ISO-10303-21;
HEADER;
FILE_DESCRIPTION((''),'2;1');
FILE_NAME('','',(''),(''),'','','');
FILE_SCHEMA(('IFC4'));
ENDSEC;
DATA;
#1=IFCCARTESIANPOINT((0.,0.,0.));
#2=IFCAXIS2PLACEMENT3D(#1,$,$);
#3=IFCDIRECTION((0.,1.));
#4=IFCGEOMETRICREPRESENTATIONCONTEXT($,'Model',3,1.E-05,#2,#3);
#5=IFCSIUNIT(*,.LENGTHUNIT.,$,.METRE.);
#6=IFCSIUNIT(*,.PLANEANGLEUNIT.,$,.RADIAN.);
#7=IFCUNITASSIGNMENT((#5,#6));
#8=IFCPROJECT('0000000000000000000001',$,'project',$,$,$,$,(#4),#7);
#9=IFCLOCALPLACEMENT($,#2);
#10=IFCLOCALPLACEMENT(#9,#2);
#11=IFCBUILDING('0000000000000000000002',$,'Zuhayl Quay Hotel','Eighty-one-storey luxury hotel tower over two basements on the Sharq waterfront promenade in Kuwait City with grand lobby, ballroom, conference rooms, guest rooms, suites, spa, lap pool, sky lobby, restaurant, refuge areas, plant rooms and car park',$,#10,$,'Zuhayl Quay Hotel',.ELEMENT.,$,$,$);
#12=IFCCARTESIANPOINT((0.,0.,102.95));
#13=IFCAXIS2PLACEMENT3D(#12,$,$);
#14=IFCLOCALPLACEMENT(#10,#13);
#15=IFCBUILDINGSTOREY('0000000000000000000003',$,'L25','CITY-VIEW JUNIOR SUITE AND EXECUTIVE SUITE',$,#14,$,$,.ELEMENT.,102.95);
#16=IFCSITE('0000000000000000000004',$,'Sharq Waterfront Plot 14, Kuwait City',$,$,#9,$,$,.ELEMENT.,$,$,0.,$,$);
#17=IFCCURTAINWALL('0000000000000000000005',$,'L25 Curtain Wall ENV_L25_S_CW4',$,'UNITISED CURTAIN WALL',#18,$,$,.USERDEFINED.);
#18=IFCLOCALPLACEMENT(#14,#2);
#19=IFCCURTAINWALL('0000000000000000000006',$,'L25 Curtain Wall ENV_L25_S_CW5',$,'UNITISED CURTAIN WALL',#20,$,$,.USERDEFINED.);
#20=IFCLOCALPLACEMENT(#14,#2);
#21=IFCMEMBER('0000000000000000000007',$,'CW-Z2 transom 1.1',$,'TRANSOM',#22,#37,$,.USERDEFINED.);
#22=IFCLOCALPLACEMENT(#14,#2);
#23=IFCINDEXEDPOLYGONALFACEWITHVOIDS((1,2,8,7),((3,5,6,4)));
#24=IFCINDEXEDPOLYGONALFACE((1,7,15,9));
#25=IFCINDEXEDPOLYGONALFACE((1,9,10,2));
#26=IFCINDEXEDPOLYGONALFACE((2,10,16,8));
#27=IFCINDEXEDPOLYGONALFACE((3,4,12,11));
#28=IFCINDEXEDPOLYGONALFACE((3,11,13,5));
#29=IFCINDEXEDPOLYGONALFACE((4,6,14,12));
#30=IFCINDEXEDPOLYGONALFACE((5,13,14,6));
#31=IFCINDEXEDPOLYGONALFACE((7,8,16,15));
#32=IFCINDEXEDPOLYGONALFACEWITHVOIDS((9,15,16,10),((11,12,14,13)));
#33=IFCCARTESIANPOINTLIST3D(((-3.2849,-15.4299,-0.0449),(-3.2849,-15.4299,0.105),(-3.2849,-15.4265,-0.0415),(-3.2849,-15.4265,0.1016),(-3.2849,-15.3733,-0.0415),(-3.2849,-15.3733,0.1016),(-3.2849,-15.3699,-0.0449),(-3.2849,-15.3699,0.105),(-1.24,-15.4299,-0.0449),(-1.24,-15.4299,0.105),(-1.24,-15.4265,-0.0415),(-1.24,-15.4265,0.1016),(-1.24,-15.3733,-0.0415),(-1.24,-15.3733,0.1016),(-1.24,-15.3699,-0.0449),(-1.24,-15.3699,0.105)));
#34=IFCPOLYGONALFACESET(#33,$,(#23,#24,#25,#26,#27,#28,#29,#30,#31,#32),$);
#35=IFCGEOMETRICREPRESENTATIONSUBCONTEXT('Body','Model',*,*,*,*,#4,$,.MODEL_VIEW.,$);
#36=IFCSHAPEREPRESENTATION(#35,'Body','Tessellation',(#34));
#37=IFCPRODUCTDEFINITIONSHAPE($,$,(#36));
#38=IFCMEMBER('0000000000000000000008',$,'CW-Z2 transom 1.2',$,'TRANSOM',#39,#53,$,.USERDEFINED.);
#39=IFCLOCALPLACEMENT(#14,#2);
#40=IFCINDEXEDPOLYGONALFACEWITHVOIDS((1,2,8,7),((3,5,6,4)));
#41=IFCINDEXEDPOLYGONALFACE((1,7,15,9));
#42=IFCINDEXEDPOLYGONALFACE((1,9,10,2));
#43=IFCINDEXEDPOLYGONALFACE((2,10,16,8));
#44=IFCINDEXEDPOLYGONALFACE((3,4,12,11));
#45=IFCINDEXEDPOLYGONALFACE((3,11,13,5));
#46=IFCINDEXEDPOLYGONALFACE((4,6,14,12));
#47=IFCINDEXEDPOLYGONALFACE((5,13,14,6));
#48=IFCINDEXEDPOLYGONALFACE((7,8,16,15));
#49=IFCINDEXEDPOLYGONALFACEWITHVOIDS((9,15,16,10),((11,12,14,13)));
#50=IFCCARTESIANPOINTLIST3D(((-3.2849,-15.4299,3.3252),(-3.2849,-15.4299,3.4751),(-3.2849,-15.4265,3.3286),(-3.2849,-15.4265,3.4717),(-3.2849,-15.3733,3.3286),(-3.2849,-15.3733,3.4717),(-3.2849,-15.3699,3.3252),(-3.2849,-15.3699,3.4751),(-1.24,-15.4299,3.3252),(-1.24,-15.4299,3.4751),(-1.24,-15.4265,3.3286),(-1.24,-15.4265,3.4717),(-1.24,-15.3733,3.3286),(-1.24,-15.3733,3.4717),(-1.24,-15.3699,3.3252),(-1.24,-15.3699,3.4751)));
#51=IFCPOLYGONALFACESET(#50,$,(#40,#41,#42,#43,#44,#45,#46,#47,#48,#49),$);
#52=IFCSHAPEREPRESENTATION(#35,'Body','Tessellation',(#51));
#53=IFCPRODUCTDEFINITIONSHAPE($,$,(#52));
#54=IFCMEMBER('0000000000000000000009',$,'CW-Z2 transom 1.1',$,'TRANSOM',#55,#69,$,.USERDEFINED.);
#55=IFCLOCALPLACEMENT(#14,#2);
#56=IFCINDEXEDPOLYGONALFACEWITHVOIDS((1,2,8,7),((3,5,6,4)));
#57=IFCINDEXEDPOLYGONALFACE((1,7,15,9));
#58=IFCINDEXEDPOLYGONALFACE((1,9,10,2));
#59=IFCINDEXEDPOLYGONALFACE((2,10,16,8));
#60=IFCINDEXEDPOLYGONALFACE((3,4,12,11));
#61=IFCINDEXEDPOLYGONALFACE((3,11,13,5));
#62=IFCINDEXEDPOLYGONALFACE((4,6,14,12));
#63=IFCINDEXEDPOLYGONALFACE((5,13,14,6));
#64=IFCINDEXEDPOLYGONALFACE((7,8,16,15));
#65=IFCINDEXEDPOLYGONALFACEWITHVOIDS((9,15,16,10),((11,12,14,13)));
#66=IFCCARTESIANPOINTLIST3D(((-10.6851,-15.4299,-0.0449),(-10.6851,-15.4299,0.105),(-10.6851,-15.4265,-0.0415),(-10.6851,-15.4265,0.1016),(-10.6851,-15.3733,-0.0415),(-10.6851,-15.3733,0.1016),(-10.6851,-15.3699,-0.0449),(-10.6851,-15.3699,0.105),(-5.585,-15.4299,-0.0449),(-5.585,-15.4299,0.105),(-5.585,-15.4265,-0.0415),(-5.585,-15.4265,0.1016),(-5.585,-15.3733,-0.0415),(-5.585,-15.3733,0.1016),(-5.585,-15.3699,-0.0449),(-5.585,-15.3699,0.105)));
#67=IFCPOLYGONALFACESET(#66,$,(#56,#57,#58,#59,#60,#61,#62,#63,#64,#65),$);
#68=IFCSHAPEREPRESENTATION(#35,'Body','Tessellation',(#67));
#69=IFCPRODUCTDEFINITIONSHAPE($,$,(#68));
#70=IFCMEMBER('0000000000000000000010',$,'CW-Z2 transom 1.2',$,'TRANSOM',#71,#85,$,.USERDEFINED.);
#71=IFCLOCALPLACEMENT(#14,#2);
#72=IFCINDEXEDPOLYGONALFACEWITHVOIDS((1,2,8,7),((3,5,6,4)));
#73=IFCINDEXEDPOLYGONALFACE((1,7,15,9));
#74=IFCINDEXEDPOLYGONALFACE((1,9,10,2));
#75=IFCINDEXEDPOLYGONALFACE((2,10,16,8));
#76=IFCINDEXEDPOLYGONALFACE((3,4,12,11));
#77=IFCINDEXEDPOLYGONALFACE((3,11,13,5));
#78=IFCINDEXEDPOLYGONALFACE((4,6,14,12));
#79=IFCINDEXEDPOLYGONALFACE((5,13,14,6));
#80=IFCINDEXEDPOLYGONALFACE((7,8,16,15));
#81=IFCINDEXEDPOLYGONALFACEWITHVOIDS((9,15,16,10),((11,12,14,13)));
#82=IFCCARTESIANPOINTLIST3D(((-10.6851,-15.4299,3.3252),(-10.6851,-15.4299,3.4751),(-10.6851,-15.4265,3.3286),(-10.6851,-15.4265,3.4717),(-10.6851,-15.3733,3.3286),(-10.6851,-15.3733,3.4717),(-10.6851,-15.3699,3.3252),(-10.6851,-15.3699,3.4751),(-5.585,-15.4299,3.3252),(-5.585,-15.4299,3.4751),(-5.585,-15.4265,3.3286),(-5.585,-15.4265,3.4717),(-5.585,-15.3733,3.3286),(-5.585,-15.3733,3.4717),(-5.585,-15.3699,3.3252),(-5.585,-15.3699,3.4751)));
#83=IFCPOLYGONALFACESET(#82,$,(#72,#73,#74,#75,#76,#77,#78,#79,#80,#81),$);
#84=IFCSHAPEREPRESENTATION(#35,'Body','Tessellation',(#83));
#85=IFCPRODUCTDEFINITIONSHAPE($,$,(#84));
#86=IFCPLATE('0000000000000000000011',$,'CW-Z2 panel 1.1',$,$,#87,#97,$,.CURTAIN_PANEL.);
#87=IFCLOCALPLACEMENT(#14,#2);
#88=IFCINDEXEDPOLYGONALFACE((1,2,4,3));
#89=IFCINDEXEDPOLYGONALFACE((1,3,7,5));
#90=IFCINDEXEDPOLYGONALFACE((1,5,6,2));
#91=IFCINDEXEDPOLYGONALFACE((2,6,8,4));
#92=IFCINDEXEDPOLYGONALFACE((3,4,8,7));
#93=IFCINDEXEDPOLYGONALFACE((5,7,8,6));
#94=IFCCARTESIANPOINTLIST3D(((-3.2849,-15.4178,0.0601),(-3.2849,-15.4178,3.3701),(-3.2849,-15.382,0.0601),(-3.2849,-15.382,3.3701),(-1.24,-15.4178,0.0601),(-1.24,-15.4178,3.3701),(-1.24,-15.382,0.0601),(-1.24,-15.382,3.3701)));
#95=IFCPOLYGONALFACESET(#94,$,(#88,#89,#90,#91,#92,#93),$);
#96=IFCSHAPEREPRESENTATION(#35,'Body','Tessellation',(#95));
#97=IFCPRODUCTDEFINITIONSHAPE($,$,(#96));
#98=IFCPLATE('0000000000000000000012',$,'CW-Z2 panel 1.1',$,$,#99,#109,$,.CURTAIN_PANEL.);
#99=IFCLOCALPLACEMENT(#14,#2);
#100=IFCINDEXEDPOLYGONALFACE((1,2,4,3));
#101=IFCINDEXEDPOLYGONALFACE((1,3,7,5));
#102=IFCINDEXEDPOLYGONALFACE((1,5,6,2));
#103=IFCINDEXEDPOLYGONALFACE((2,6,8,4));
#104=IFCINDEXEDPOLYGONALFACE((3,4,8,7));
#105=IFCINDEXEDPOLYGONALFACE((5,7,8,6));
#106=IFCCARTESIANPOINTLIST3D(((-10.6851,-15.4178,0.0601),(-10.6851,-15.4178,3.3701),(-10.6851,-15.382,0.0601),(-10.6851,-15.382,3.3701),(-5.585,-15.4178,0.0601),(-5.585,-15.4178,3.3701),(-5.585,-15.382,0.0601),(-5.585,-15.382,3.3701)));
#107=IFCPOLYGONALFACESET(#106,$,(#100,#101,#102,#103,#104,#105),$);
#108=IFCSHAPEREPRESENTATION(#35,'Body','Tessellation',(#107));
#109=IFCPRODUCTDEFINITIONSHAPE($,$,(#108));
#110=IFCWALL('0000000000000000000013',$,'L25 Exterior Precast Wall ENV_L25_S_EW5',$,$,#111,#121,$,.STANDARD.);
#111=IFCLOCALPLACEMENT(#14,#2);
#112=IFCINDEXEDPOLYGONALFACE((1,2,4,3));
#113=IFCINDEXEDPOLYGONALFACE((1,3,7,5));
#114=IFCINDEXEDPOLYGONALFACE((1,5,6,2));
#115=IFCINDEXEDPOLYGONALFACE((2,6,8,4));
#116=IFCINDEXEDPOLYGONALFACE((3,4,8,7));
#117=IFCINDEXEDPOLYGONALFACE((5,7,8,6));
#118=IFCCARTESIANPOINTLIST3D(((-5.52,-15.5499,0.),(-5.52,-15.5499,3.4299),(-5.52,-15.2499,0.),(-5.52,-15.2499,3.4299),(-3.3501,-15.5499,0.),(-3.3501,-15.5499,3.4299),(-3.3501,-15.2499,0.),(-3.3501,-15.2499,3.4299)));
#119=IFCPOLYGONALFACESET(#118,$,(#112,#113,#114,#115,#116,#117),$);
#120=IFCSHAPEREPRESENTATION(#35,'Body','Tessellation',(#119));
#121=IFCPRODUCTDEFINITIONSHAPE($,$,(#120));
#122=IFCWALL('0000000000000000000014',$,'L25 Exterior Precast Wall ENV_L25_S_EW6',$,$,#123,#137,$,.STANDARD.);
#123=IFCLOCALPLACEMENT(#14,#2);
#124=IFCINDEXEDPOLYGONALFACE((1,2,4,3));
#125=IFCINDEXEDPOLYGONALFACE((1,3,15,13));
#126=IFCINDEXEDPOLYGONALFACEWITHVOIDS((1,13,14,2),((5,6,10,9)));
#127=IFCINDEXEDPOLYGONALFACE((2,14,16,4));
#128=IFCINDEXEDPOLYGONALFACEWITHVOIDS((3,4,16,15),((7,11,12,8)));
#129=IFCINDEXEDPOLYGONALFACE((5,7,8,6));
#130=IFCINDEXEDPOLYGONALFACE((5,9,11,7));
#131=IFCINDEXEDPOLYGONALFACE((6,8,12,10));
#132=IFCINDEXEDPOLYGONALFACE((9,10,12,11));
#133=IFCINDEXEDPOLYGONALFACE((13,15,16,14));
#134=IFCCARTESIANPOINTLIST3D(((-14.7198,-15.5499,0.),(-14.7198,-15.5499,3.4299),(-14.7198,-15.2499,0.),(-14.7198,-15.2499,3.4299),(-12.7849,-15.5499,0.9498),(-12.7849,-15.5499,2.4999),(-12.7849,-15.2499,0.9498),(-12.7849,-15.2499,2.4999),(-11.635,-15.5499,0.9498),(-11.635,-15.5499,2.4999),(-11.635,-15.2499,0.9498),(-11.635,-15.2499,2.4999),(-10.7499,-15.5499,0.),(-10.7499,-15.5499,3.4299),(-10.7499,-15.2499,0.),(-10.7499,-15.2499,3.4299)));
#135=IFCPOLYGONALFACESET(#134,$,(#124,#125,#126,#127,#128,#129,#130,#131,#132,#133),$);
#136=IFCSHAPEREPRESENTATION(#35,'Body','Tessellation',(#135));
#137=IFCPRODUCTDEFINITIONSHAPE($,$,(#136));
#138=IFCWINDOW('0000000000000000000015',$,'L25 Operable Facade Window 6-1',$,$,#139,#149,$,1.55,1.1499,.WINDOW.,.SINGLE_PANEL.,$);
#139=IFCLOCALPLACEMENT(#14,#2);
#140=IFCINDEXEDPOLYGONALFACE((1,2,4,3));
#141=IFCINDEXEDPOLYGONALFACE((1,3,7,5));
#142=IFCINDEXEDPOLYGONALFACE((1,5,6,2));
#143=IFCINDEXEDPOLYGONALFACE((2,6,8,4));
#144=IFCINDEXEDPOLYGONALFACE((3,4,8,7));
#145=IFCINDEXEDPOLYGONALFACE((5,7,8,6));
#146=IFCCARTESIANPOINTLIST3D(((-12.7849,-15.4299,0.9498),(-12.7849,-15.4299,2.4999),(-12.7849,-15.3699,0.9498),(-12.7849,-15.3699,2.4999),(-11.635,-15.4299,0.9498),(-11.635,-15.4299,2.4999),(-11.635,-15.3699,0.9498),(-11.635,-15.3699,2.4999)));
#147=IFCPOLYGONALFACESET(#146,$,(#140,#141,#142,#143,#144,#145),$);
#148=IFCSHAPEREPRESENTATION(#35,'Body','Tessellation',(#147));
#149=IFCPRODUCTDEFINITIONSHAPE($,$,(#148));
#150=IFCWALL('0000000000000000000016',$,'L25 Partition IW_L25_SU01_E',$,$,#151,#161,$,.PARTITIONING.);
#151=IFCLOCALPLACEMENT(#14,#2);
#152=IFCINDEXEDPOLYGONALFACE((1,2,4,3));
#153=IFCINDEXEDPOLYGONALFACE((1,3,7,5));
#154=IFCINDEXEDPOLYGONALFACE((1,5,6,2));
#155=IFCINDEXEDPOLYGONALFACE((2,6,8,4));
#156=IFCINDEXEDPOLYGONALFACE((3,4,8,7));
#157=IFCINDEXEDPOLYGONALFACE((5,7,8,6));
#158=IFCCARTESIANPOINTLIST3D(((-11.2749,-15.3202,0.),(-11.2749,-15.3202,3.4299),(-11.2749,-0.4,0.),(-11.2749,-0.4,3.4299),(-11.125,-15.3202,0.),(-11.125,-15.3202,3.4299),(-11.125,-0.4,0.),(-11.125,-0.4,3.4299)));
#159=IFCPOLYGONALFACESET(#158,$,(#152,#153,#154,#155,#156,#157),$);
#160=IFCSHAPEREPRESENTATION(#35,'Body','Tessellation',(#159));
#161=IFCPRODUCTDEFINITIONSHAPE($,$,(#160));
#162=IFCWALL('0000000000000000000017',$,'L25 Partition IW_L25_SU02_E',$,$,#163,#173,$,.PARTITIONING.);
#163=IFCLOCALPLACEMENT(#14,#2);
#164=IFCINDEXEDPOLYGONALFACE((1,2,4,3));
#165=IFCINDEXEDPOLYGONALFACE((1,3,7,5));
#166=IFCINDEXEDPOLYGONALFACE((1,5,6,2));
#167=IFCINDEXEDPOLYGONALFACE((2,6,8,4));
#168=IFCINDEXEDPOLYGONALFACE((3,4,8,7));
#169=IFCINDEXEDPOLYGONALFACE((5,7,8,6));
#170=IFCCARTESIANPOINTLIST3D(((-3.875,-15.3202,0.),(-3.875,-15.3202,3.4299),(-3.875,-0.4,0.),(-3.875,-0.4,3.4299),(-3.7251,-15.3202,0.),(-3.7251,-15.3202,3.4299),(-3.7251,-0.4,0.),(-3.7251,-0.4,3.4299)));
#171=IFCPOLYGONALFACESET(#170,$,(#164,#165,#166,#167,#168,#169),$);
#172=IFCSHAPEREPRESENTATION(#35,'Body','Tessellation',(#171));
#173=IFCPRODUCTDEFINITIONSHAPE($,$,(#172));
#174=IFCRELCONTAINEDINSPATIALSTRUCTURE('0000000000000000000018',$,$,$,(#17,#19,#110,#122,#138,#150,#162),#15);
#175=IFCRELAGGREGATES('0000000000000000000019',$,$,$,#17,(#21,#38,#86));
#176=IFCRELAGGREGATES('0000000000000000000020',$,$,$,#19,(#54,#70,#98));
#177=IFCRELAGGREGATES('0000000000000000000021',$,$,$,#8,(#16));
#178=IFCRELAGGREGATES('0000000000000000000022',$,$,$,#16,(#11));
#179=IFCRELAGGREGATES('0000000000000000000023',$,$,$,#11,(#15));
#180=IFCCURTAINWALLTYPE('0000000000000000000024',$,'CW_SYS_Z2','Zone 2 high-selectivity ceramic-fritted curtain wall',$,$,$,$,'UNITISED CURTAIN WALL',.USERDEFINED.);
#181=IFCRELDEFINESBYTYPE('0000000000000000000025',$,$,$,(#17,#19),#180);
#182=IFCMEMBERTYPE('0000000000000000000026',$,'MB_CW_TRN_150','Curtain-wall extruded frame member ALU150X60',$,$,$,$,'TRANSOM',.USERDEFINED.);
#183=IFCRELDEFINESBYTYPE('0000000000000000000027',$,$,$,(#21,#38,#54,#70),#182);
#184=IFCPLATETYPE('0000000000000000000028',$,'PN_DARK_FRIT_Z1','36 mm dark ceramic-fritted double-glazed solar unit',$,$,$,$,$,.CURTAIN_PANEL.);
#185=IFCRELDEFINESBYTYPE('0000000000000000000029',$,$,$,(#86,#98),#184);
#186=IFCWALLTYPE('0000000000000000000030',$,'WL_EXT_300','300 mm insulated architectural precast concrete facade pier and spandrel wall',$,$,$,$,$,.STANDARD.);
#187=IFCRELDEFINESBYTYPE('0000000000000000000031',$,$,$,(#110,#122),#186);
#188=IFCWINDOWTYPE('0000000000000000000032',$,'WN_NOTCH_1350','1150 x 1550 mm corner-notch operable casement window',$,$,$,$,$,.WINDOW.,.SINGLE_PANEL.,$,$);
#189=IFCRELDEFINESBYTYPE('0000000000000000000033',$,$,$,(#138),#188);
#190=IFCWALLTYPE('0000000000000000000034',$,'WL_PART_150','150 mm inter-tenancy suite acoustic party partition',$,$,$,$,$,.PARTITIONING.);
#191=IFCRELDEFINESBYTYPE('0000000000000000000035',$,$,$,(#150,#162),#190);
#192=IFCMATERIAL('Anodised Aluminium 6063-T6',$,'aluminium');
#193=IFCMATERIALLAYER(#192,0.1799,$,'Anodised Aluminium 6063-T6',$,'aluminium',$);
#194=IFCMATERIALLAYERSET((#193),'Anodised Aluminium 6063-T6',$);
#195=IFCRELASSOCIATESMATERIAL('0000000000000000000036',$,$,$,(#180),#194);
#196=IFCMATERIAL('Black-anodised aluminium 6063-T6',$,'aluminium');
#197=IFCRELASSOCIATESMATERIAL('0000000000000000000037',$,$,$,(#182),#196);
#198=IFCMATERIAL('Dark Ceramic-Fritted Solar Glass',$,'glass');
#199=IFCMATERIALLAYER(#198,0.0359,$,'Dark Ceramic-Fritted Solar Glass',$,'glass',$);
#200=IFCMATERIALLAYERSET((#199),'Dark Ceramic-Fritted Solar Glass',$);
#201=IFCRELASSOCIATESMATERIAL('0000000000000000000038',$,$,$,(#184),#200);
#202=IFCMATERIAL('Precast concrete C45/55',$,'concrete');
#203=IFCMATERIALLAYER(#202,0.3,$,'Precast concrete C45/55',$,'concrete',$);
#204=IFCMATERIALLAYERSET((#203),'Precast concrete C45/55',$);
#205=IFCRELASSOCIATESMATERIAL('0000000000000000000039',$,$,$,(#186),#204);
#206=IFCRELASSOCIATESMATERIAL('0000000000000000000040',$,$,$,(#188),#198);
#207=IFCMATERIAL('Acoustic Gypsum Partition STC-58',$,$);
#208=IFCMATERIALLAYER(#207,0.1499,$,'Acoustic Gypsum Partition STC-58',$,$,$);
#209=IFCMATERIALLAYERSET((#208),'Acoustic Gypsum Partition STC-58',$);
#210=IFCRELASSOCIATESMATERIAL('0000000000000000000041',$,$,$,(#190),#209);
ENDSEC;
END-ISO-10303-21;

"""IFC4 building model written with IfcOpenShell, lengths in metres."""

from ifc_helpers import new_model, si_unit, direction, frame, frame_2d, origin, origin_2d, place, context, subcontext, project, spatial, rectangle, hollow_rectangle, extrude, material, layer, layer_set, material_profile, profile_set, type_object, element, fill, aggregate, save


model = new_model("IFC4")

# Units and contexts
model_context = context("Model", 3, precision=1e-05, world=origin(), true_north=direction((0.0, 1.0)))
body_context = subcontext(model_context, "Body", "Model", "MODEL_VIEW")
ifc_project = project(units=[si_unit("LENGTHUNIT", "METRE"), si_unit("PLANEANGLEUNIT", "RADIAN")], contexts=[model_context])

# Site, building, storey
site_placement = place(None, origin())
site = spatial("IfcSite", under=ifc_project, at=site_placement, Name="Sharq Waterfront Plot 14, Kuwait City", CompositionType="ELEMENT", RefElevation=0.0)
building_placement = place(site_placement, origin())
building = spatial("IfcBuilding", under=site, at=building_placement, Name="Zuhayl Quay Hotel", Description="Eighty-one-storey luxury hotel tower over two basements on the Sharq waterfront promenade in Kuwait City with grand lobby, ballroom, conference rooms, guest rooms, suites, spa, lap pool, sky lobby, restaurant, refuge areas, plant rooms and car park", LongName="Zuhayl Quay Hotel", CompositionType="ELEMENT")
storey_placement = place(building_placement, frame((0.0, 0.0, 102.95)))
storey = spatial("IfcBuildingStorey", under=building, at=storey_placement, Name="L25", Description="CITY-VIEW JUNIOR SUITE AND EXECUTIVE SUITE", CompositionType="ELEMENT", Elevation=102.95)

# Curtain wall
ifc_material_1 = material(Name="Anodised Aluminium 6063-T6", Category="aluminium")
ifc_layer_1 = layer(ifc_material_1, 0.1799, Name="Anodised Aluminium 6063-T6", Category="aluminium")
ifc_layer_set_1 = layer_set([ifc_layer_1], Name="Anodised Aluminium 6063-T6")
curtain_wall_type = type_object("IfcCurtainWallType", Name="CW_SYS_Z2", Description="Zone 2 high-selectivity ceramic-fritted curtain wall", ElementType="UNITISED CURTAIN WALL", PredefinedType="USERDEFINED", material=ifc_layer_set_1)
curtain_wall_1_placement = place(storey_placement, origin())
curtain_wall_1 = element("IfcCurtainWall", 1, at=curtain_wall_1_placement, inside=storey, type_object=curtain_wall_type, Name="L25 Curtain Wall ENV_L25_S_CW4", ObjectType="UNITISED CURTAIN WALL", PredefinedType="USERDEFINED")
ifc_material_2 = material(Name="Black-anodised aluminium 6063-T6", Category="aluminium")

# Curtain wall
curtain_wall_2_placement = place(storey_placement, origin())
curtain_wall_2 = element("IfcCurtainWall", 2, at=curtain_wall_2_placement, inside=storey, type_object=curtain_wall_type, Name="L25 Curtain Wall ENV_L25_S_CW5", ObjectType="UNITISED CURTAIN WALL", PredefinedType="USERDEFINED")

# Members
ifc_material_profile_1 = material_profile(ifc_material_2, hollow_rectangle(XDim=0.0601, YDim=0.1499, WallThickness=0.0034, at=origin_2d()), Name="ALU150X60")
ifc_profile_set_1 = profile_set([ifc_material_profile_1], Name="Black-anodised aluminium 6063-T6")
member_type_1 = type_object("IfcMemberType", Name="MB_CW_TRN_150", Description="Curtain-wall extruded frame member ALU150X60", ElementType="TRANSOM", PredefinedType="USERDEFINED", material=ifc_profile_set_1)
member_1_placement = place(storey_placement, frame((-1.24, -15.3999, 0.03), z_axis=(-1.0, 0.0, 0.0), x_axis=(0.0, -1.0, 0.0)))
member_1 = element("IfcMember", 3, at=member_1_placement, type_object=member_type_1, Name="CW-Z2 transom 1.1", ObjectType="TRANSOM", PredefinedType="USERDEFINED", context=body_context, shape_type="SweptSolid", body=[
    extrude(hollow_rectangle(XDim=0.0601, YDim=0.1499, WallThickness=0.0034, at=origin_2d()), origin(), (0.0, 0.0, 1.0), 2.0449),
])
member_2_placement = place(storey_placement, frame((-1.24, -15.3999, 3.4001), z_axis=(-1.0, 0.0, 0.0), x_axis=(0.0, -1.0, 0.0)))
member_2 = element("IfcMember", 4, at=member_2_placement, type_object=member_type_1, Name="CW-Z2 transom 1.2", ObjectType="TRANSOM", PredefinedType="USERDEFINED", context=body_context, shape_type="SweptSolid", body=[
    extrude(hollow_rectangle(XDim=0.0601, YDim=0.1499, WallThickness=0.0034, at=origin_2d()), origin(), (0.0, 0.0, 1.0), 2.0449),
])
member_3_placement = place(storey_placement, frame((-5.585, -15.3999, 0.03), z_axis=(-1.0, 0.0, 0.0), x_axis=(0.0, -1.0, 0.0)))
member_3 = element("IfcMember", 5, at=member_3_placement, type_object=member_type_1, Name="CW-Z2 transom 1.1", ObjectType="TRANSOM", PredefinedType="USERDEFINED", context=body_context, shape_type="SweptSolid", body=[
    extrude(hollow_rectangle(XDim=0.0601, YDim=0.1499, WallThickness=0.0034, at=origin_2d()), origin(), (0.0, 0.0, 1.0), 5.1001),
])
member_4_placement = place(storey_placement, frame((-5.585, -15.3999, 3.4001), z_axis=(-1.0, 0.0, 0.0), x_axis=(0.0, -1.0, 0.0)))
member_4 = element("IfcMember", 6, at=member_4_placement, type_object=member_type_1, Name="CW-Z2 transom 1.2", ObjectType="TRANSOM", PredefinedType="USERDEFINED", context=body_context, shape_type="SweptSolid", body=[
    extrude(hollow_rectangle(XDim=0.0601, YDim=0.1499, WallThickness=0.0034, at=origin_2d()), origin(), (0.0, 0.0, 1.0), 5.1001),
])

# Plates
ifc_material_3 = material(Name="Dark Ceramic-Fritted Solar Glass", Category="glass")
ifc_layer_2 = layer(ifc_material_3, 0.0359, Name="Dark Ceramic-Fritted Solar Glass", Category="glass")
ifc_layer_set_2 = layer_set([ifc_layer_2], Name="Dark Ceramic-Fritted Solar Glass")
plate_type = type_object("IfcPlateType", Name="PN_DARK_FRIT_Z1", Description="36 mm dark ceramic-fritted double-glazed solar unit", PredefinedType="CURTAIN_PANEL", material=ifc_layer_set_2)
plate_1_placement = place(storey_placement, frame((-2.2625, -15.3999, 0.0601), z_axis=(0.0, 0.0, 1.0), x_axis=(-1.0, 0.0, 0.0)))
plate_1 = element("IfcPlate", 7, at=plate_1_placement, type_object=plate_type, Name="CW-Z2 panel 1.1", PredefinedType="CURTAIN_PANEL", context=body_context, shape_type="SweptSolid", body=[
    extrude(rectangle(XDim=2.0449, YDim=0.0359, at=origin_2d()), origin(), (0.0, 0.0, 1.0), 3.3101),
])
aggregate(curtain_wall_1, [member_1, member_2, plate_1])
plate_2_placement = place(storey_placement, frame((-8.135, -15.3999, 0.0601), z_axis=(0.0, 0.0, 1.0), x_axis=(-1.0, 0.0, 0.0)))
plate_2 = element("IfcPlate", 8, at=plate_2_placement, type_object=plate_type, Name="CW-Z2 panel 1.1", PredefinedType="CURTAIN_PANEL", context=body_context, shape_type="SweptSolid", body=[
    extrude(rectangle(XDim=5.1001, YDim=0.0359, at=origin_2d()), origin(), (0.0, 0.0, 1.0), 3.3101),
])
aggregate(curtain_wall_2, [member_3, member_4, plate_2])

# Wall
ifc_material_4 = material(Name="Precast concrete C45/55", Category="concrete")
ifc_layer_3 = layer(ifc_material_4, 0.3, Name="Precast concrete C45/55", Category="concrete")
ifc_layer_set_3 = layer_set([ifc_layer_3], Name="Precast concrete C45/55")
wall_type_1 = type_object("IfcWallType", Name="WL_EXT_300", Description="300 mm insulated architectural precast concrete facade pier and spandrel wall", PredefinedType="STANDARD", material=ifc_layer_set_3)
wall_1_placement = place(storey_placement, frame((-3.3501, -15.3999, 0.0), z_axis=(0.0, 0.0, 1.0), x_axis=(-1.0, 0.0, 0.0)))
element("IfcWall", 9, at=wall_1_placement, inside=storey, type_object=wall_type_1, Name="L25 Exterior Precast Wall ENV_L25_S_EW5", PredefinedType="STANDARD", context=body_context, shape_type="SweptSolid", body=[
    extrude(rectangle(XDim=2.1699, YDim=0.3, at=frame_2d((1.085, 0.0))), origin(), (0.0, 0.0, 1.0), 3.4299),
])

# Wall, opening, window
wall_2_placement = place(storey_placement, frame((-10.75, -15.3999, 0.0), z_axis=(0.0, 0.0, 1.0), x_axis=(-1.0, 0.0, 0.0)))
wall_2 = element("IfcWall", 10, at=wall_2_placement, inside=storey, type_object=wall_type_1, Name="L25 Exterior Precast Wall ENV_L25_S_EW6", PredefinedType="STANDARD", context=body_context, shape_type="SweptSolid", body=[
    extrude(rectangle(XDim=3.97, YDim=0.3, at=frame_2d((1.9849, 0.0))), origin(), (0.0, 0.0, 1.0), 3.4299),
])
opening_1_placement = place(wall_2_placement, frame((0.885, 0.0, 0.95)))
opening_1 = element("IfcOpeningElement", 11, at=opening_1_placement, cuts=wall_2, PredefinedType="OPENING", context=body_context, shape_type="SweptSolid", body=[
    extrude(rectangle(XDim=1.1499, YDim=1.55, at=frame_2d((0.575, 0.7749))), frame((0.0, 0.1599, 0.0), z_axis=(0.0, -1.0, 0.0), x_axis=(1.0, 0.0, 0.0)), (0.0, 0.0, 1.0), 0.3201),
])
window_type = type_object("IfcWindowType", Name="WN_NOTCH_1350", Description="1150 x 1550 mm corner-notch operable casement window", PartitioningType="SINGLE_PANEL", PredefinedType="WINDOW", material=ifc_material_3)
window_placement = place(opening_1_placement, origin())
window = element("IfcWindow", 12, at=window_placement, inside=storey, type_object=window_type, Name="L25 Operable Facade Window 6-1", OverallHeight=1.55, OverallWidth=1.1499, PartitioningType="SINGLE_PANEL", PredefinedType="WINDOW", context=body_context, shape_type="SweptSolid", body=[
    extrude(rectangle(XDim=1.1499, YDim=1.55, at=frame_2d((0.575, 0.7749))), frame((0.0, 0.03, 0.0), z_axis=(0.0, -1.0, 0.0), x_axis=(1.0, 0.0, 0.0)), (0.0, 0.0, 1.0), 0.0601),
])
fill(opening_1, window)

# Walls
ifc_material_5 = material(Name="Acoustic Gypsum Partition STC-58")
ifc_layer_4 = layer(ifc_material_5, 0.1499, Name="Acoustic Gypsum Partition STC-58")
ifc_layer_set_4 = layer_set([ifc_layer_4], Name="Acoustic Gypsum Partition STC-58")
wall_type_2 = type_object("IfcWallType", Name="WL_PART_150", Description="150 mm inter-tenancy suite acoustic party partition", PredefinedType="PARTITIONING", material=ifc_layer_set_4)
for number, where, z_axis, x_axis, name in (
    (13, (-11.2, -15.3201, 0.0), (0.0, 0.0, 1.0), (0.0, 1.0, 0.0), "L25 Partition IW_L25_SU01_E"),
    (14, (-3.8, -15.3201, 0.0), (0.0, 0.0, 1.0), (0.0, 1.0, 0.0), "L25 Partition IW_L25_SU02_E"),
):
    element("IfcWall", number, at=place(storey_placement, frame(where, z_axis=z_axis, x_axis=x_axis)), inside=storey, type_object=wall_type_2, Name=name, PredefinedType="PARTITIONING", context=body_context, shape_type="SweptSolid", body=[
        extrude(rectangle(XDim=14.9202, YDim=0.1499, at=frame_2d((7.46, 0.0))), origin(), (0.0, 0.0, 1.0), 3.4299),
    ])

save(model, "model.ifc")
